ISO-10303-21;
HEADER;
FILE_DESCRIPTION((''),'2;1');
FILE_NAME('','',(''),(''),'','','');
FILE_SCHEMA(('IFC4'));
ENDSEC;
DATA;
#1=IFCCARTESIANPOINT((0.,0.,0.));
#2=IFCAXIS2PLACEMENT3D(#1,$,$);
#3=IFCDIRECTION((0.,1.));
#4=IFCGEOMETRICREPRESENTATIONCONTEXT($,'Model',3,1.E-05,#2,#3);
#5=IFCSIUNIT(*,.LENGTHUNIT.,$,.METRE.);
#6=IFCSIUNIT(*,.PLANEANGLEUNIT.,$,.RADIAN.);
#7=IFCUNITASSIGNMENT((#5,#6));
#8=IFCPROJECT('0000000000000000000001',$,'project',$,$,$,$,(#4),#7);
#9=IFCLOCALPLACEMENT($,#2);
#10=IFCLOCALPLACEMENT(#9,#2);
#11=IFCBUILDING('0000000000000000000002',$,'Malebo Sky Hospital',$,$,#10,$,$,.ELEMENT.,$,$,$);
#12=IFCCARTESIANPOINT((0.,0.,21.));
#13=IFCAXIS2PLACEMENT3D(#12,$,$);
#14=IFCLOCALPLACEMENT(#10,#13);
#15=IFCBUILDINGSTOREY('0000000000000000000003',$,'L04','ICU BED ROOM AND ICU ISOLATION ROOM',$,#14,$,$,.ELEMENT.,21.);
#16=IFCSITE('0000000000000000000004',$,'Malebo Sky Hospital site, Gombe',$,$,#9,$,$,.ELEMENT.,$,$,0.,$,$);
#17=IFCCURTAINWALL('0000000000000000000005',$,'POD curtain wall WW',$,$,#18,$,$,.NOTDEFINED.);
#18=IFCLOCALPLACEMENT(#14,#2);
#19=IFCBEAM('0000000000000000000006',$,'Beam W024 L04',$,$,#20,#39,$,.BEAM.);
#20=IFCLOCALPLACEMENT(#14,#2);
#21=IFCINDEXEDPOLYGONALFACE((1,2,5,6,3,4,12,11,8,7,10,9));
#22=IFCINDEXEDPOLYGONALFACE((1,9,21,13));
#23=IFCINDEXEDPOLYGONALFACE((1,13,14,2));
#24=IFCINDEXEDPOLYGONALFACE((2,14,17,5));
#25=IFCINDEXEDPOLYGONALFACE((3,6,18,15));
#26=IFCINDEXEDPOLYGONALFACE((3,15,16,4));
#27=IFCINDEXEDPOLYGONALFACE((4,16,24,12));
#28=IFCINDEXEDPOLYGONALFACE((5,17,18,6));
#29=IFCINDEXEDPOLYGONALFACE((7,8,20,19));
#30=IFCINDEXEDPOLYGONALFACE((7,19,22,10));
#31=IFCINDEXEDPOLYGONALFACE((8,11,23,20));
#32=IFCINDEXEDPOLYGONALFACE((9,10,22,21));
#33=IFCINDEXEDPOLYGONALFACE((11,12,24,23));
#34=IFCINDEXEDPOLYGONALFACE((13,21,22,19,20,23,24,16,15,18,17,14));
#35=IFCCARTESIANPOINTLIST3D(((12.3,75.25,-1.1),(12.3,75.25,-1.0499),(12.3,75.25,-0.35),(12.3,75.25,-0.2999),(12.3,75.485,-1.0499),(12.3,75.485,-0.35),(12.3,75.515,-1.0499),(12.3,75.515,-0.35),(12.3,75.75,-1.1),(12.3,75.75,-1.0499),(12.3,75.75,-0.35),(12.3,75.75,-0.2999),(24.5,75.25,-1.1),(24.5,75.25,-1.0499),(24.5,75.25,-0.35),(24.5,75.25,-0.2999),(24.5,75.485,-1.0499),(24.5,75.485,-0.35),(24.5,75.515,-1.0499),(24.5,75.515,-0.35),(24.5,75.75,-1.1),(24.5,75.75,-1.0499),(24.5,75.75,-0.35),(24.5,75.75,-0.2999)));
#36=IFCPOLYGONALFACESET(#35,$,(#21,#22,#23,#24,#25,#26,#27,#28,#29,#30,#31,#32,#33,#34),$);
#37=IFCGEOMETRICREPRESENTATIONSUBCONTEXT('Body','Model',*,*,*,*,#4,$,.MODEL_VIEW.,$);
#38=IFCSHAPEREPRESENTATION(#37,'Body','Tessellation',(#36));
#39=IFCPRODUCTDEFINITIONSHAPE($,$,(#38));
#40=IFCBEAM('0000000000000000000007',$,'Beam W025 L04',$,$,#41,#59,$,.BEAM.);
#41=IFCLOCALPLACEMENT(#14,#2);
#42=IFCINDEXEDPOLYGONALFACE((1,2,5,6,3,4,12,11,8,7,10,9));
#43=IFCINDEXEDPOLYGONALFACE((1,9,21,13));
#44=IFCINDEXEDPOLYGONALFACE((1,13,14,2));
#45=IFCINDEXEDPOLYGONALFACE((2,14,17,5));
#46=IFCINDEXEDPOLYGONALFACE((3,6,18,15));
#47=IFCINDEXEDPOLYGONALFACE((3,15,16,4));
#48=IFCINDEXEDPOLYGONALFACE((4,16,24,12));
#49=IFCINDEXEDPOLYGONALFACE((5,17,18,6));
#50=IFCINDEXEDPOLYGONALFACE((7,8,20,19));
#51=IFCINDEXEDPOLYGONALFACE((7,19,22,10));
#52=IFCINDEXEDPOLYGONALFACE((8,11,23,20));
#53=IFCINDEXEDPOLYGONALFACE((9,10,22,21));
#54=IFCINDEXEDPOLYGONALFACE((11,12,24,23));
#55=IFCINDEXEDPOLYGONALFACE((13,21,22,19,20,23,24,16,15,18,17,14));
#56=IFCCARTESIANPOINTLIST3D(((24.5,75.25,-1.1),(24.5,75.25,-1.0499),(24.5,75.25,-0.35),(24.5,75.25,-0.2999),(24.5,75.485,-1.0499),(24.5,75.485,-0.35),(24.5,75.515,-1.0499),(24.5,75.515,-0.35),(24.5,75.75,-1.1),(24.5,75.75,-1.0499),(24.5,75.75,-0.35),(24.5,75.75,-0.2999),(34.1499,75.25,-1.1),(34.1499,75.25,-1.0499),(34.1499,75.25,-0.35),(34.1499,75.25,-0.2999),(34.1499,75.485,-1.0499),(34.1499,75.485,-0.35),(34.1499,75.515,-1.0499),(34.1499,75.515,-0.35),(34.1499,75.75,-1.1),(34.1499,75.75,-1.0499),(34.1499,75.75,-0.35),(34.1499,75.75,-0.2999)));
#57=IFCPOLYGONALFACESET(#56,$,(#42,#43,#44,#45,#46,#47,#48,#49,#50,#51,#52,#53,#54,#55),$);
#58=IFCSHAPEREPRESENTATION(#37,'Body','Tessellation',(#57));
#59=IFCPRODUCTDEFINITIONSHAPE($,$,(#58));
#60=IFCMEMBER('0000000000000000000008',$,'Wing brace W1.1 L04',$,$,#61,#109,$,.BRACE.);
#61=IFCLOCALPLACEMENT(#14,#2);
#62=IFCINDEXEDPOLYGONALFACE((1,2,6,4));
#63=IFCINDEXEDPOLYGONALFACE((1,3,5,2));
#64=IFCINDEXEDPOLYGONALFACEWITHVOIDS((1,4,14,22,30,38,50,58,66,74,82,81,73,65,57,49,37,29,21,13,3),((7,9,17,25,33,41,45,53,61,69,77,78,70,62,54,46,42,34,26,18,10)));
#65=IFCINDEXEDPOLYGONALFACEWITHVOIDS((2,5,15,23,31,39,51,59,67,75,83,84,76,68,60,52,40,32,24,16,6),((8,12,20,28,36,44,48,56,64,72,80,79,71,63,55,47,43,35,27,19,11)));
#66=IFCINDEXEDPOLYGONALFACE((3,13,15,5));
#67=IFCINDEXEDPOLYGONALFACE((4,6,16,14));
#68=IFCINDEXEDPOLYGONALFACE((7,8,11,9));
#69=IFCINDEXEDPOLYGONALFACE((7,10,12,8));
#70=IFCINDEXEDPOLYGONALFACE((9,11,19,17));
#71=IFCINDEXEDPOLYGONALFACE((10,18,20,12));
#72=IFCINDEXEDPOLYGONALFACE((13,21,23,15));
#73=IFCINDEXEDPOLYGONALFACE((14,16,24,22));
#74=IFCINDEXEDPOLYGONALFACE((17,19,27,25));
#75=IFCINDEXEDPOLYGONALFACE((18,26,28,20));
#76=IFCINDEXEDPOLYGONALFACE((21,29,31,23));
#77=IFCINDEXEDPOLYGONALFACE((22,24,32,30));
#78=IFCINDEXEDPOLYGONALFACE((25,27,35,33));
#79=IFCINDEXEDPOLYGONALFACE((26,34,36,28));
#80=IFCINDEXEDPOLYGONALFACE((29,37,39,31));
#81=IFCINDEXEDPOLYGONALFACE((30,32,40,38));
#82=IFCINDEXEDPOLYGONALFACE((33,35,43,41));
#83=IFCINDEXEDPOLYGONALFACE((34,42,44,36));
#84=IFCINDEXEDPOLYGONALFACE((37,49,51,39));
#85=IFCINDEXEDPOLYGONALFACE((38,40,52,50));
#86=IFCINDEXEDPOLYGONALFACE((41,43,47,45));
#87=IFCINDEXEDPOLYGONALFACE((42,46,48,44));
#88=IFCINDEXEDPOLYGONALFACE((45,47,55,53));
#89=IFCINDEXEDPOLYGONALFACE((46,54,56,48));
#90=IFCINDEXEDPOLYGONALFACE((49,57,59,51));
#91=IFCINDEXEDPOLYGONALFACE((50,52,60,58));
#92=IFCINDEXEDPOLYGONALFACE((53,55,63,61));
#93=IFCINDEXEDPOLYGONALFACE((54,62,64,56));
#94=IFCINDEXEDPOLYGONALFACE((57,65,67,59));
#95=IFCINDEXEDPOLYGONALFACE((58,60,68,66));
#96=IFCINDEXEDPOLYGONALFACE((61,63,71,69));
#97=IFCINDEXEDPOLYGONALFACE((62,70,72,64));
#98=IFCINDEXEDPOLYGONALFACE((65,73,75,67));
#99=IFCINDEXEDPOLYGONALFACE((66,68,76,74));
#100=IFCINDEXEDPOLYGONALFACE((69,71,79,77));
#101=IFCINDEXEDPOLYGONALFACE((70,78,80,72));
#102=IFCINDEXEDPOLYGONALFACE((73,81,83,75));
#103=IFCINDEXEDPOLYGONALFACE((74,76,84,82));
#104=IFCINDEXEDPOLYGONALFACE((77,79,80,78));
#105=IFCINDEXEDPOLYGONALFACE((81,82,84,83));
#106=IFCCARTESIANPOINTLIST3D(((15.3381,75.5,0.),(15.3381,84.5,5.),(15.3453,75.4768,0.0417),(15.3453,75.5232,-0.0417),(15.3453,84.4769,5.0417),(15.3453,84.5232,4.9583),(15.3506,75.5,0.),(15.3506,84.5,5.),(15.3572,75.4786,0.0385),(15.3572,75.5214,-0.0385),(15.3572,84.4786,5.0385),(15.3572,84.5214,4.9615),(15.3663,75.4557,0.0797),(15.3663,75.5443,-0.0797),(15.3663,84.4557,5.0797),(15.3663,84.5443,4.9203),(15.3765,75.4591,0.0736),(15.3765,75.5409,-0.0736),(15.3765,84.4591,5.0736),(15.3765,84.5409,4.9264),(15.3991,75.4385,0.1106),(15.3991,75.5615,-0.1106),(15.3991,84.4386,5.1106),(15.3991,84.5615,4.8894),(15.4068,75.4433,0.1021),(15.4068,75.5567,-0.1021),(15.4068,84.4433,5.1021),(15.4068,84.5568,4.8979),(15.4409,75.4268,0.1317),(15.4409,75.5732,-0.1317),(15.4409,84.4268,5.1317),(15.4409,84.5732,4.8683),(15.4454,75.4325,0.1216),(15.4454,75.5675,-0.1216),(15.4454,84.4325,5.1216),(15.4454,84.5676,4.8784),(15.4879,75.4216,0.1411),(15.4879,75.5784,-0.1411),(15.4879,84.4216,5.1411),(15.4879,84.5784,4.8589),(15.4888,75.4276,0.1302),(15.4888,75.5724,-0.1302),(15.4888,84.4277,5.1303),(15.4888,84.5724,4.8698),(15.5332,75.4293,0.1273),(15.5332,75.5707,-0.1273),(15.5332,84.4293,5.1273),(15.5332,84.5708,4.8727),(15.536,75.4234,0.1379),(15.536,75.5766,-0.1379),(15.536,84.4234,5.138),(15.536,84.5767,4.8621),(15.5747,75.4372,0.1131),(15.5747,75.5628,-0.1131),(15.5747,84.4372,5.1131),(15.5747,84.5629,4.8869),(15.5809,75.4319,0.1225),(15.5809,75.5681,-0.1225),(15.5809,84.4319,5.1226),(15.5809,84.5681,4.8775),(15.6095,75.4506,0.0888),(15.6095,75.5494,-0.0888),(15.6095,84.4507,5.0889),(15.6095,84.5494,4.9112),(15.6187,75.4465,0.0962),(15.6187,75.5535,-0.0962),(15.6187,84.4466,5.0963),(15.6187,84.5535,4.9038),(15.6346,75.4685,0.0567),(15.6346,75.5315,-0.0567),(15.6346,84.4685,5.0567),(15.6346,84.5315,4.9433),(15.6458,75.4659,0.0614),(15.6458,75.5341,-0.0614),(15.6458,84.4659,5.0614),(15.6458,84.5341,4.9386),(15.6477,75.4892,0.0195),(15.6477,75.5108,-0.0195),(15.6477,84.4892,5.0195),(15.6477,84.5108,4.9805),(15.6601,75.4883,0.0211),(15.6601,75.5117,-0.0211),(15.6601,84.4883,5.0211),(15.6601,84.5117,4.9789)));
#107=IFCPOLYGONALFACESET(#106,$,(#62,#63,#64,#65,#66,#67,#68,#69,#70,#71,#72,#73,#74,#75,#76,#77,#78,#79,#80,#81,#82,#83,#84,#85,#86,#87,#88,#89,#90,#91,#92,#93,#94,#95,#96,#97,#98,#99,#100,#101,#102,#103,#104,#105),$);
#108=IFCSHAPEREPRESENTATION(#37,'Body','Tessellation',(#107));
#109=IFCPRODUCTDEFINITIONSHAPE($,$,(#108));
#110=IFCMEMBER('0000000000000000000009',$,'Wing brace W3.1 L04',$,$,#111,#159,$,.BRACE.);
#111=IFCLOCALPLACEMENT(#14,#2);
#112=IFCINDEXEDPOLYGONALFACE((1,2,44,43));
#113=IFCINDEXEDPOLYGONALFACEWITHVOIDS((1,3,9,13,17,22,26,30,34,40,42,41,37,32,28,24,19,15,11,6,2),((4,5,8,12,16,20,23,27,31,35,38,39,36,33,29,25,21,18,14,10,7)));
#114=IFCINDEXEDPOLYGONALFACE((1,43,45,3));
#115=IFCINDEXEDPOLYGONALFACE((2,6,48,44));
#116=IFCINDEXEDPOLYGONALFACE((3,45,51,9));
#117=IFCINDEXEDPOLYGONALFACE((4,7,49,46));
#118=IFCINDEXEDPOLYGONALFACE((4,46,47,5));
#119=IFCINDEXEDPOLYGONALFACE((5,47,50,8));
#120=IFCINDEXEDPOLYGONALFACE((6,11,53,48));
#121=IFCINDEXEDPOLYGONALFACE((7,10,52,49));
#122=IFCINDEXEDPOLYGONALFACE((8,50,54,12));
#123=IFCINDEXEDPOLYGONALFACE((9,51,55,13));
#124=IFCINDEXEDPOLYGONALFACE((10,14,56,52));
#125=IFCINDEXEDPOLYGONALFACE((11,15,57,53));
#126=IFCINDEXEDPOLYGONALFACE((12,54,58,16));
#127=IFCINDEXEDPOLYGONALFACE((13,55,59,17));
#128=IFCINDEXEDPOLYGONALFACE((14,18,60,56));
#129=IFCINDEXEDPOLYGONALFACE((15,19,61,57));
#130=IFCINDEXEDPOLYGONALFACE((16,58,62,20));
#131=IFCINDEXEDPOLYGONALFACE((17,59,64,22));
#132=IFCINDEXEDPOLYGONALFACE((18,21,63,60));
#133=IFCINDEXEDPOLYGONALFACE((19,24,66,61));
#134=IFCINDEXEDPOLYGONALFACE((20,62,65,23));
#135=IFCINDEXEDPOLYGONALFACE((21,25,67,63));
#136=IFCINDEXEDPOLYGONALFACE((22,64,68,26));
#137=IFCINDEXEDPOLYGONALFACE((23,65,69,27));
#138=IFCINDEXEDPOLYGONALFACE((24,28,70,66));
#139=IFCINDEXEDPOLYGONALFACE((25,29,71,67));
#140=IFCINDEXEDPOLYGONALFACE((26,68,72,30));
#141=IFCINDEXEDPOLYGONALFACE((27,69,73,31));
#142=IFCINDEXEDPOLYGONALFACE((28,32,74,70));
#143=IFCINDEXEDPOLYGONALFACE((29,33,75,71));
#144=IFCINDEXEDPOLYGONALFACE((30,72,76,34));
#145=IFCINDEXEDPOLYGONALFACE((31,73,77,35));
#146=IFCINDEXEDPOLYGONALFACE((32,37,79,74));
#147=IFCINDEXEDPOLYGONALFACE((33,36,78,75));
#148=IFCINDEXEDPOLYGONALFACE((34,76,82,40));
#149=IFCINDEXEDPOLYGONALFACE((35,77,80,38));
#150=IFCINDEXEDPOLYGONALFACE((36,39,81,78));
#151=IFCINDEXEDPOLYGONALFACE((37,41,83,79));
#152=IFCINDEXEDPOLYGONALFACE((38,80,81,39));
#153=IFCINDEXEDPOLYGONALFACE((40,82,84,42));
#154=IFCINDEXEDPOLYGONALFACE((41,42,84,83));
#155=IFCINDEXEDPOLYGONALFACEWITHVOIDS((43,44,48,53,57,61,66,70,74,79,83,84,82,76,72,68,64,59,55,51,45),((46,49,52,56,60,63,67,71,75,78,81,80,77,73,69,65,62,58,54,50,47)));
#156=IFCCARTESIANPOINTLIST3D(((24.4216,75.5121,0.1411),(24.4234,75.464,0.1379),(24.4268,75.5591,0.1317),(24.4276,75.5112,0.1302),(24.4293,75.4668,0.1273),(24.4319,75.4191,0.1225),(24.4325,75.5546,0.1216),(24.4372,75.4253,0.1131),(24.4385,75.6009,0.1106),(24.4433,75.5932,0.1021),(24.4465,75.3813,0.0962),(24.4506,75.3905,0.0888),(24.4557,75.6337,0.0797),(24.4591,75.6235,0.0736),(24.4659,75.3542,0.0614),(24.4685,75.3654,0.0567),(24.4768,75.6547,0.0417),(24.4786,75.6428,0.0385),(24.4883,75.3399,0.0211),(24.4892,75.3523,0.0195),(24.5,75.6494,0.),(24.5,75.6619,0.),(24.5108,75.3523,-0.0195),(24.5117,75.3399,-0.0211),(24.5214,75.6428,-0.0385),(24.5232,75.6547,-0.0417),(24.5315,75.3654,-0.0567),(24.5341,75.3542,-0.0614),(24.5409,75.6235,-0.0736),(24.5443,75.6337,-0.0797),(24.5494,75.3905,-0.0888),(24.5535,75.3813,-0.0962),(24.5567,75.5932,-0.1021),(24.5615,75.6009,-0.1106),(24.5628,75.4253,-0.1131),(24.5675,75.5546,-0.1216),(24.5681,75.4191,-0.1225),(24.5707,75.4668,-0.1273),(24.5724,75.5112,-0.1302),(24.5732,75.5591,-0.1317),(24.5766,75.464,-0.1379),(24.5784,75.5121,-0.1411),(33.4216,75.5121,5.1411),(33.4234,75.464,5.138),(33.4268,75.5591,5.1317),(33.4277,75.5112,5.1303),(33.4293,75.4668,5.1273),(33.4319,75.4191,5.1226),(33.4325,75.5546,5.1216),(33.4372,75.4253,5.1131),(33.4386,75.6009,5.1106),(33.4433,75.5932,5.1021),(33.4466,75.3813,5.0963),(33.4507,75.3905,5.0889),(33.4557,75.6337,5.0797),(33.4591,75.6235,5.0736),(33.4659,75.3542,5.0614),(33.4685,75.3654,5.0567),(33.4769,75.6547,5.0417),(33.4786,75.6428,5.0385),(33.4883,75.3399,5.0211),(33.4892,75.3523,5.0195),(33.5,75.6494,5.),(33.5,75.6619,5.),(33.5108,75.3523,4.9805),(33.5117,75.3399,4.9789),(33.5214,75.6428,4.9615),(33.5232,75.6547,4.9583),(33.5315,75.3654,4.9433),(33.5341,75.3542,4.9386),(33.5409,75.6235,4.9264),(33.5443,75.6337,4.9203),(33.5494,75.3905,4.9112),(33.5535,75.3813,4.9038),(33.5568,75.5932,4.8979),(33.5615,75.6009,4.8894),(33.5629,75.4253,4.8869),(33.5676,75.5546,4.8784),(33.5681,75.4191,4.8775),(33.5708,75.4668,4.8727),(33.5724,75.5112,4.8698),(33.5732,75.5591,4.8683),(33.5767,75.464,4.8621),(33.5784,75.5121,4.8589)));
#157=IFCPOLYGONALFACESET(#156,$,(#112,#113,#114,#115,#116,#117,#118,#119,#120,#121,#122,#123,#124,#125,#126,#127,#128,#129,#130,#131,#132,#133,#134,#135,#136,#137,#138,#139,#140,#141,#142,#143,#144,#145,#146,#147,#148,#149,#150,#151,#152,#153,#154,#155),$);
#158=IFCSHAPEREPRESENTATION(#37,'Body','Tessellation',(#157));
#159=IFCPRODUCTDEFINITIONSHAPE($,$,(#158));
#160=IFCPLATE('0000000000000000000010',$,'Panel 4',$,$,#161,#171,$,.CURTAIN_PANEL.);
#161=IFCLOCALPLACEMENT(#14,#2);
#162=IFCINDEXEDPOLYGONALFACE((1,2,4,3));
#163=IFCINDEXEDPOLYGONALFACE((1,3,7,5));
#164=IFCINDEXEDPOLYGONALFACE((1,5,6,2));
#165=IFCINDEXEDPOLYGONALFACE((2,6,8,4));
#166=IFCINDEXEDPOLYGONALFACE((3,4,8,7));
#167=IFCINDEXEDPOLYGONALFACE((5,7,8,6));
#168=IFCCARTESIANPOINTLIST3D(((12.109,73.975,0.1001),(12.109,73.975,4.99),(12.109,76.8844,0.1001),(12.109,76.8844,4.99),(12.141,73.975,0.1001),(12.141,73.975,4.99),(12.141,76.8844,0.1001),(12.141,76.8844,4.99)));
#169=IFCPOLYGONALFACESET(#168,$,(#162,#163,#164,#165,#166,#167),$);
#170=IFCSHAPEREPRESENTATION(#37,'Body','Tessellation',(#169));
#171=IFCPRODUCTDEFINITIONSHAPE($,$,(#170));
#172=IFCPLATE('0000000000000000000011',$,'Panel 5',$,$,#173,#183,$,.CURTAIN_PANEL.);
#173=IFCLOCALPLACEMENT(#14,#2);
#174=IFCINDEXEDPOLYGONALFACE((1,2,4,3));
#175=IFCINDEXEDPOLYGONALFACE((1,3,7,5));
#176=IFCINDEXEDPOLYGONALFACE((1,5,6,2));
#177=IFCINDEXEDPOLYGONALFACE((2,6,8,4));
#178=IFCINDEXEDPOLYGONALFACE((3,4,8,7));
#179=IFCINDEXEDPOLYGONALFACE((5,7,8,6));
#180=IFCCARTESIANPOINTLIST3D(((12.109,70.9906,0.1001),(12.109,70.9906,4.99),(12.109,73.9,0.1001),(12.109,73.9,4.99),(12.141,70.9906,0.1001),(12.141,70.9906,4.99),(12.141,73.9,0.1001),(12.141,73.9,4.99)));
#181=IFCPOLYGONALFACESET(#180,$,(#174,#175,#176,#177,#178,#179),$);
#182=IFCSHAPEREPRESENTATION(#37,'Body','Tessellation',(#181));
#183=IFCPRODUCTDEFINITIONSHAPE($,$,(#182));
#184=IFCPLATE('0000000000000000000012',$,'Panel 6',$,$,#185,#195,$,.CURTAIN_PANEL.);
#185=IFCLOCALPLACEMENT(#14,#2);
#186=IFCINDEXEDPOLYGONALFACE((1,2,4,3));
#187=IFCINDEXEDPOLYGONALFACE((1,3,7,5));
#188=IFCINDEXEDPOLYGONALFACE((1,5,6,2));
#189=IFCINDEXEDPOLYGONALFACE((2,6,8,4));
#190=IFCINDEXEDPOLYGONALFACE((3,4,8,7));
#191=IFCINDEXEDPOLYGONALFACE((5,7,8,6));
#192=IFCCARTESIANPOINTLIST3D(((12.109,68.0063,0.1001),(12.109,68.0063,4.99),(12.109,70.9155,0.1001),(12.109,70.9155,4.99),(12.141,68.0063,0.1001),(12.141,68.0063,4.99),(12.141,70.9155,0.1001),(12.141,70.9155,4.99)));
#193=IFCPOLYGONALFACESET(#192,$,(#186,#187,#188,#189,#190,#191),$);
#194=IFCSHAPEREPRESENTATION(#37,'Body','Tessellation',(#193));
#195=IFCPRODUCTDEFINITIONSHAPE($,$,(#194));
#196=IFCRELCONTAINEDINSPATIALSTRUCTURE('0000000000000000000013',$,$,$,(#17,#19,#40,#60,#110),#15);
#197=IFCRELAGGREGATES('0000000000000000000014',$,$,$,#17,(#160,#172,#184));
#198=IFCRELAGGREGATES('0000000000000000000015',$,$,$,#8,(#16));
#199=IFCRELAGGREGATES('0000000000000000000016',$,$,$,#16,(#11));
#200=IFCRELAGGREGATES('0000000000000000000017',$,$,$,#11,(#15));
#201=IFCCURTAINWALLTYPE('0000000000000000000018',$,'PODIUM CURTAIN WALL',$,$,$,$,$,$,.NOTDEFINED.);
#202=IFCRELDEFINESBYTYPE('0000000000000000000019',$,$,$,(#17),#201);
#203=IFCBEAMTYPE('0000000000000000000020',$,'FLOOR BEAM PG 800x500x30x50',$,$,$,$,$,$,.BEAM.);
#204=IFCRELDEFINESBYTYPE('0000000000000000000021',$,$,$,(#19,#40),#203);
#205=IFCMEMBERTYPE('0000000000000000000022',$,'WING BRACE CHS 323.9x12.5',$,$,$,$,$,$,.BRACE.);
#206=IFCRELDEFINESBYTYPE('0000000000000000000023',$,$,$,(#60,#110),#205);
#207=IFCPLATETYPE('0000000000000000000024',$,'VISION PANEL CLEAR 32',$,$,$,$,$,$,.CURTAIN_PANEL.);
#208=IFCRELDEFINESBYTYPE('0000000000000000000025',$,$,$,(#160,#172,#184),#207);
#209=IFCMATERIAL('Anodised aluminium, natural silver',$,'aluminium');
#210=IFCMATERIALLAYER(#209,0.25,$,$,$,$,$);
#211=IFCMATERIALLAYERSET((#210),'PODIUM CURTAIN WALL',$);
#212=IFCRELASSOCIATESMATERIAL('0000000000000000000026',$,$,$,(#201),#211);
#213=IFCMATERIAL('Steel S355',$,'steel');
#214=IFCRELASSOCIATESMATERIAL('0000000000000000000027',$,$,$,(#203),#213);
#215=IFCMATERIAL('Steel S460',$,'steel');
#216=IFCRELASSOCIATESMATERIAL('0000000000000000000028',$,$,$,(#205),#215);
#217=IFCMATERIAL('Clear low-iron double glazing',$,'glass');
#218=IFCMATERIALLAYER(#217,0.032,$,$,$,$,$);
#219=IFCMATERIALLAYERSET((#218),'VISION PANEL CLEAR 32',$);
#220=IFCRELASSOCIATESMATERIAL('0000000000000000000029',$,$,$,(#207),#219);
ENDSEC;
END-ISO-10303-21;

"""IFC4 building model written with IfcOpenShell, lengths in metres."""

from ifc_helpers import new_model, si_unit, direction, frame, origin, origin_2d, place, context, subcontext, project, spatial, rectangle, hollow_circle, i_section, extrude, material, layer, layer_set, material_profile, profile_set, type_object, element, aggregate, save


model = new_model("IFC4")

# Units and contexts
model_context = context("Model", 3, precision=1e-05, world=origin(), true_north=direction((0.0, 1.0)))
body_context = subcontext(model_context, "Body", "Model", "MODEL_VIEW")
ifc_project = project(units=[si_unit("LENGTHUNIT", "METRE"), si_unit("PLANEANGLEUNIT", "RADIAN")], contexts=[model_context])

# Site, building, storey
site_placement = place(None, origin())
site = spatial("IfcSite", under=ifc_project, at=site_placement, Name="Malebo Sky Hospital site, Gombe", CompositionType="ELEMENT", RefElevation=0.0)
building_placement = place(site_placement, origin())
building = spatial("IfcBuilding", under=site, at=building_placement, Name="Malebo Sky Hospital", CompositionType="ELEMENT")
storey_placement = place(building_placement, frame((0.0, 0.0, 21.0)))
storey = spatial("IfcBuildingStorey", under=building, at=storey_placement, Name="L04", Description="ICU BED ROOM AND ICU ISOLATION ROOM", CompositionType="ELEMENT", Elevation=21.0)

# Shared definitions
ifc_material_1 = material(Name="Steel S355", Category="steel")

# Curtain wall
ifc_material_2 = material(Name="Anodised aluminium, natural silver", Category="aluminium")
ifc_layer_1 = layer(ifc_material_2, 0.25)
ifc_layer_set_1 = layer_set([ifc_layer_1], Name="PODIUM CURTAIN WALL")
curtain_wall_type = type_object("IfcCurtainWallType", Name="PODIUM CURTAIN WALL", PredefinedType="NOTDEFINED", material=ifc_layer_set_1)
curtain_wall_placement = place(storey_placement, origin())
curtain_wall = element("IfcCurtainWall", 1, at=curtain_wall_placement, inside=storey, type_object=curtain_wall_type, Name="POD curtain wall WW", PredefinedType="NOTDEFINED")

# Beams
ifc_material_profile_1 = material_profile(ifc_material_1, i_section(OverallWidth=0.5, OverallDepth=0.8, WebThickness=0.03, FlangeThickness=0.05, at=origin_2d()), Name="PG 800x500x30x50")
ifc_profile_set_1 = profile_set([ifc_material_profile_1], Name="Steel S355")
beam_type = type_object("IfcBeamType", Name="FLOOR BEAM PG 800x500x30x50", PredefinedType="BEAM", material=ifc_profile_set_1)
beam_1_placement = place(storey_placement, frame((12.3, 75.5, -0.7), z_axis=(1.0, 0.0, 0.0), x_axis=(0.0, 1.0, 0.0)))
element("IfcBeam", 2, at=beam_1_placement, inside=storey, type_object=beam_type, Name="Beam W024 L04", PredefinedType="BEAM", context=body_context, shape_type="SweptSolid", body=[
    extrude(i_section(OverallWidth=0.5, OverallDepth=0.8, WebThickness=0.03, FlangeThickness=0.05, at=origin_2d()), origin(), (0.0, 0.0, 1.0), 12.2),
])
beam_2_placement = place(storey_placement, frame((24.5, 75.5, -0.7), z_axis=(1.0, 0.0, 0.0), x_axis=(0.0, 1.0, 0.0)))
element("IfcBeam", 3, at=beam_2_placement, inside=storey, type_object=beam_type, Name="Beam W025 L04", PredefinedType="BEAM", context=body_context, shape_type="SweptSolid", body=[
    extrude(i_section(OverallWidth=0.5, OverallDepth=0.8, WebThickness=0.03, FlangeThickness=0.05, at=origin_2d()), origin(), (0.0, 0.0, 1.0), 9.6499),
])

# Members
ifc_material_3 = material(Name="Steel S460", Category="steel")
ifc_material_profile_2 = material_profile(ifc_material_3, hollow_circle(Radius=0.1619, WallThickness=0.0125, at=origin_2d()), Name="CHS 323.9x12.5")
ifc_profile_set_2 = profile_set([ifc_material_profile_2], Name="Steel S460")
member_type_1 = type_object("IfcMemberType", Name="WING BRACE CHS 323.9x12.5", PredefinedType="BRACE", material=ifc_profile_set_2)
for number, where, z_axis, x_axis, name in (
    (4, (15.5, 75.5, 0.0), (0.0, 0.874157, 0.485643), (-1.0, 0.0, 0.0), "Wing brace W1.1 L04"),
    (5, (24.5, 75.5, 0.0), (0.874157, 0.0, 0.485643), (0.0, 1.0, 0.0), "Wing brace W3.1 L04"),
):
    element("IfcMember", number, at=place(storey_placement, frame(where, z_axis=z_axis, x_axis=x_axis)), inside=storey, type_object=member_type_1, Name=name, PredefinedType="BRACE", context=body_context, shape_type="SweptSolid", body=[
        extrude(hollow_circle(Radius=0.1619, WallThickness=0.0125, at=origin_2d()), origin(), (0.0, 0.0, 1.0), 10.2957),
    ])

# Plates
ifc_material_4 = material(Name="Clear low-iron double glazing", Category="glass")
ifc_layer_2 = layer(ifc_material_4, 0.032)
ifc_layer_set_2 = layer_set([ifc_layer_2], Name="VISION PANEL CLEAR 32")
plate_type = type_object("IfcPlateType", Name="VISION PANEL CLEAR 32", PredefinedType="CURTAIN_PANEL", material=ifc_layer_set_2)
plate_1_placement = place(storey_placement, frame((12.125, 75.4297, 0.1001), z_axis=(0.0, 0.0, 1.0), x_axis=(0.0, -1.0, 0.0)))
plate_1 = element("IfcPlate", 6, at=plate_1_placement, type_object=plate_type, Name="Panel 4", PredefinedType="CURTAIN_PANEL", context=body_context, shape_type="SweptSolid", body=[
    extrude(rectangle(XDim=2.9094, YDim=0.032, at=origin_2d()), origin(), (0.0, 0.0, 1.0), 4.8899),
])
plate_2_placement = place(storey_placement, frame((12.125, 72.4453, 0.1001), z_axis=(0.0, 0.0, 1.0), x_axis=(0.0, -1.0, 0.0)))
plate_2 = element("IfcPlate", 7, at=plate_2_placement, type_object=plate_type, Name="Panel 5", PredefinedType="CURTAIN_PANEL", context=body_context, shape_type="SweptSolid", body=[
    extrude(rectangle(XDim=2.9094, YDim=0.032, at=origin_2d()), origin(), (0.0, 0.0, 1.0), 4.8899),
])
plate_3_placement = place(storey_placement, frame((12.125, 69.4609, 0.1001), z_axis=(0.0, 0.0, 1.0), x_axis=(0.0, -1.0, 0.0)))
plate_3 = element("IfcPlate", 8, at=plate_3_placement, type_object=plate_type, Name="Panel 6", PredefinedType="CURTAIN_PANEL", context=body_context, shape_type="SweptSolid", body=[
    extrude(rectangle(XDim=2.9092, YDim=0.032, at=origin_2d()), origin(), (0.0, 0.0, 1.0), 4.8899),
])
aggregate(curtain_wall, [plate_1, plate_2, plate_3])

save(model, "model.ifc")
